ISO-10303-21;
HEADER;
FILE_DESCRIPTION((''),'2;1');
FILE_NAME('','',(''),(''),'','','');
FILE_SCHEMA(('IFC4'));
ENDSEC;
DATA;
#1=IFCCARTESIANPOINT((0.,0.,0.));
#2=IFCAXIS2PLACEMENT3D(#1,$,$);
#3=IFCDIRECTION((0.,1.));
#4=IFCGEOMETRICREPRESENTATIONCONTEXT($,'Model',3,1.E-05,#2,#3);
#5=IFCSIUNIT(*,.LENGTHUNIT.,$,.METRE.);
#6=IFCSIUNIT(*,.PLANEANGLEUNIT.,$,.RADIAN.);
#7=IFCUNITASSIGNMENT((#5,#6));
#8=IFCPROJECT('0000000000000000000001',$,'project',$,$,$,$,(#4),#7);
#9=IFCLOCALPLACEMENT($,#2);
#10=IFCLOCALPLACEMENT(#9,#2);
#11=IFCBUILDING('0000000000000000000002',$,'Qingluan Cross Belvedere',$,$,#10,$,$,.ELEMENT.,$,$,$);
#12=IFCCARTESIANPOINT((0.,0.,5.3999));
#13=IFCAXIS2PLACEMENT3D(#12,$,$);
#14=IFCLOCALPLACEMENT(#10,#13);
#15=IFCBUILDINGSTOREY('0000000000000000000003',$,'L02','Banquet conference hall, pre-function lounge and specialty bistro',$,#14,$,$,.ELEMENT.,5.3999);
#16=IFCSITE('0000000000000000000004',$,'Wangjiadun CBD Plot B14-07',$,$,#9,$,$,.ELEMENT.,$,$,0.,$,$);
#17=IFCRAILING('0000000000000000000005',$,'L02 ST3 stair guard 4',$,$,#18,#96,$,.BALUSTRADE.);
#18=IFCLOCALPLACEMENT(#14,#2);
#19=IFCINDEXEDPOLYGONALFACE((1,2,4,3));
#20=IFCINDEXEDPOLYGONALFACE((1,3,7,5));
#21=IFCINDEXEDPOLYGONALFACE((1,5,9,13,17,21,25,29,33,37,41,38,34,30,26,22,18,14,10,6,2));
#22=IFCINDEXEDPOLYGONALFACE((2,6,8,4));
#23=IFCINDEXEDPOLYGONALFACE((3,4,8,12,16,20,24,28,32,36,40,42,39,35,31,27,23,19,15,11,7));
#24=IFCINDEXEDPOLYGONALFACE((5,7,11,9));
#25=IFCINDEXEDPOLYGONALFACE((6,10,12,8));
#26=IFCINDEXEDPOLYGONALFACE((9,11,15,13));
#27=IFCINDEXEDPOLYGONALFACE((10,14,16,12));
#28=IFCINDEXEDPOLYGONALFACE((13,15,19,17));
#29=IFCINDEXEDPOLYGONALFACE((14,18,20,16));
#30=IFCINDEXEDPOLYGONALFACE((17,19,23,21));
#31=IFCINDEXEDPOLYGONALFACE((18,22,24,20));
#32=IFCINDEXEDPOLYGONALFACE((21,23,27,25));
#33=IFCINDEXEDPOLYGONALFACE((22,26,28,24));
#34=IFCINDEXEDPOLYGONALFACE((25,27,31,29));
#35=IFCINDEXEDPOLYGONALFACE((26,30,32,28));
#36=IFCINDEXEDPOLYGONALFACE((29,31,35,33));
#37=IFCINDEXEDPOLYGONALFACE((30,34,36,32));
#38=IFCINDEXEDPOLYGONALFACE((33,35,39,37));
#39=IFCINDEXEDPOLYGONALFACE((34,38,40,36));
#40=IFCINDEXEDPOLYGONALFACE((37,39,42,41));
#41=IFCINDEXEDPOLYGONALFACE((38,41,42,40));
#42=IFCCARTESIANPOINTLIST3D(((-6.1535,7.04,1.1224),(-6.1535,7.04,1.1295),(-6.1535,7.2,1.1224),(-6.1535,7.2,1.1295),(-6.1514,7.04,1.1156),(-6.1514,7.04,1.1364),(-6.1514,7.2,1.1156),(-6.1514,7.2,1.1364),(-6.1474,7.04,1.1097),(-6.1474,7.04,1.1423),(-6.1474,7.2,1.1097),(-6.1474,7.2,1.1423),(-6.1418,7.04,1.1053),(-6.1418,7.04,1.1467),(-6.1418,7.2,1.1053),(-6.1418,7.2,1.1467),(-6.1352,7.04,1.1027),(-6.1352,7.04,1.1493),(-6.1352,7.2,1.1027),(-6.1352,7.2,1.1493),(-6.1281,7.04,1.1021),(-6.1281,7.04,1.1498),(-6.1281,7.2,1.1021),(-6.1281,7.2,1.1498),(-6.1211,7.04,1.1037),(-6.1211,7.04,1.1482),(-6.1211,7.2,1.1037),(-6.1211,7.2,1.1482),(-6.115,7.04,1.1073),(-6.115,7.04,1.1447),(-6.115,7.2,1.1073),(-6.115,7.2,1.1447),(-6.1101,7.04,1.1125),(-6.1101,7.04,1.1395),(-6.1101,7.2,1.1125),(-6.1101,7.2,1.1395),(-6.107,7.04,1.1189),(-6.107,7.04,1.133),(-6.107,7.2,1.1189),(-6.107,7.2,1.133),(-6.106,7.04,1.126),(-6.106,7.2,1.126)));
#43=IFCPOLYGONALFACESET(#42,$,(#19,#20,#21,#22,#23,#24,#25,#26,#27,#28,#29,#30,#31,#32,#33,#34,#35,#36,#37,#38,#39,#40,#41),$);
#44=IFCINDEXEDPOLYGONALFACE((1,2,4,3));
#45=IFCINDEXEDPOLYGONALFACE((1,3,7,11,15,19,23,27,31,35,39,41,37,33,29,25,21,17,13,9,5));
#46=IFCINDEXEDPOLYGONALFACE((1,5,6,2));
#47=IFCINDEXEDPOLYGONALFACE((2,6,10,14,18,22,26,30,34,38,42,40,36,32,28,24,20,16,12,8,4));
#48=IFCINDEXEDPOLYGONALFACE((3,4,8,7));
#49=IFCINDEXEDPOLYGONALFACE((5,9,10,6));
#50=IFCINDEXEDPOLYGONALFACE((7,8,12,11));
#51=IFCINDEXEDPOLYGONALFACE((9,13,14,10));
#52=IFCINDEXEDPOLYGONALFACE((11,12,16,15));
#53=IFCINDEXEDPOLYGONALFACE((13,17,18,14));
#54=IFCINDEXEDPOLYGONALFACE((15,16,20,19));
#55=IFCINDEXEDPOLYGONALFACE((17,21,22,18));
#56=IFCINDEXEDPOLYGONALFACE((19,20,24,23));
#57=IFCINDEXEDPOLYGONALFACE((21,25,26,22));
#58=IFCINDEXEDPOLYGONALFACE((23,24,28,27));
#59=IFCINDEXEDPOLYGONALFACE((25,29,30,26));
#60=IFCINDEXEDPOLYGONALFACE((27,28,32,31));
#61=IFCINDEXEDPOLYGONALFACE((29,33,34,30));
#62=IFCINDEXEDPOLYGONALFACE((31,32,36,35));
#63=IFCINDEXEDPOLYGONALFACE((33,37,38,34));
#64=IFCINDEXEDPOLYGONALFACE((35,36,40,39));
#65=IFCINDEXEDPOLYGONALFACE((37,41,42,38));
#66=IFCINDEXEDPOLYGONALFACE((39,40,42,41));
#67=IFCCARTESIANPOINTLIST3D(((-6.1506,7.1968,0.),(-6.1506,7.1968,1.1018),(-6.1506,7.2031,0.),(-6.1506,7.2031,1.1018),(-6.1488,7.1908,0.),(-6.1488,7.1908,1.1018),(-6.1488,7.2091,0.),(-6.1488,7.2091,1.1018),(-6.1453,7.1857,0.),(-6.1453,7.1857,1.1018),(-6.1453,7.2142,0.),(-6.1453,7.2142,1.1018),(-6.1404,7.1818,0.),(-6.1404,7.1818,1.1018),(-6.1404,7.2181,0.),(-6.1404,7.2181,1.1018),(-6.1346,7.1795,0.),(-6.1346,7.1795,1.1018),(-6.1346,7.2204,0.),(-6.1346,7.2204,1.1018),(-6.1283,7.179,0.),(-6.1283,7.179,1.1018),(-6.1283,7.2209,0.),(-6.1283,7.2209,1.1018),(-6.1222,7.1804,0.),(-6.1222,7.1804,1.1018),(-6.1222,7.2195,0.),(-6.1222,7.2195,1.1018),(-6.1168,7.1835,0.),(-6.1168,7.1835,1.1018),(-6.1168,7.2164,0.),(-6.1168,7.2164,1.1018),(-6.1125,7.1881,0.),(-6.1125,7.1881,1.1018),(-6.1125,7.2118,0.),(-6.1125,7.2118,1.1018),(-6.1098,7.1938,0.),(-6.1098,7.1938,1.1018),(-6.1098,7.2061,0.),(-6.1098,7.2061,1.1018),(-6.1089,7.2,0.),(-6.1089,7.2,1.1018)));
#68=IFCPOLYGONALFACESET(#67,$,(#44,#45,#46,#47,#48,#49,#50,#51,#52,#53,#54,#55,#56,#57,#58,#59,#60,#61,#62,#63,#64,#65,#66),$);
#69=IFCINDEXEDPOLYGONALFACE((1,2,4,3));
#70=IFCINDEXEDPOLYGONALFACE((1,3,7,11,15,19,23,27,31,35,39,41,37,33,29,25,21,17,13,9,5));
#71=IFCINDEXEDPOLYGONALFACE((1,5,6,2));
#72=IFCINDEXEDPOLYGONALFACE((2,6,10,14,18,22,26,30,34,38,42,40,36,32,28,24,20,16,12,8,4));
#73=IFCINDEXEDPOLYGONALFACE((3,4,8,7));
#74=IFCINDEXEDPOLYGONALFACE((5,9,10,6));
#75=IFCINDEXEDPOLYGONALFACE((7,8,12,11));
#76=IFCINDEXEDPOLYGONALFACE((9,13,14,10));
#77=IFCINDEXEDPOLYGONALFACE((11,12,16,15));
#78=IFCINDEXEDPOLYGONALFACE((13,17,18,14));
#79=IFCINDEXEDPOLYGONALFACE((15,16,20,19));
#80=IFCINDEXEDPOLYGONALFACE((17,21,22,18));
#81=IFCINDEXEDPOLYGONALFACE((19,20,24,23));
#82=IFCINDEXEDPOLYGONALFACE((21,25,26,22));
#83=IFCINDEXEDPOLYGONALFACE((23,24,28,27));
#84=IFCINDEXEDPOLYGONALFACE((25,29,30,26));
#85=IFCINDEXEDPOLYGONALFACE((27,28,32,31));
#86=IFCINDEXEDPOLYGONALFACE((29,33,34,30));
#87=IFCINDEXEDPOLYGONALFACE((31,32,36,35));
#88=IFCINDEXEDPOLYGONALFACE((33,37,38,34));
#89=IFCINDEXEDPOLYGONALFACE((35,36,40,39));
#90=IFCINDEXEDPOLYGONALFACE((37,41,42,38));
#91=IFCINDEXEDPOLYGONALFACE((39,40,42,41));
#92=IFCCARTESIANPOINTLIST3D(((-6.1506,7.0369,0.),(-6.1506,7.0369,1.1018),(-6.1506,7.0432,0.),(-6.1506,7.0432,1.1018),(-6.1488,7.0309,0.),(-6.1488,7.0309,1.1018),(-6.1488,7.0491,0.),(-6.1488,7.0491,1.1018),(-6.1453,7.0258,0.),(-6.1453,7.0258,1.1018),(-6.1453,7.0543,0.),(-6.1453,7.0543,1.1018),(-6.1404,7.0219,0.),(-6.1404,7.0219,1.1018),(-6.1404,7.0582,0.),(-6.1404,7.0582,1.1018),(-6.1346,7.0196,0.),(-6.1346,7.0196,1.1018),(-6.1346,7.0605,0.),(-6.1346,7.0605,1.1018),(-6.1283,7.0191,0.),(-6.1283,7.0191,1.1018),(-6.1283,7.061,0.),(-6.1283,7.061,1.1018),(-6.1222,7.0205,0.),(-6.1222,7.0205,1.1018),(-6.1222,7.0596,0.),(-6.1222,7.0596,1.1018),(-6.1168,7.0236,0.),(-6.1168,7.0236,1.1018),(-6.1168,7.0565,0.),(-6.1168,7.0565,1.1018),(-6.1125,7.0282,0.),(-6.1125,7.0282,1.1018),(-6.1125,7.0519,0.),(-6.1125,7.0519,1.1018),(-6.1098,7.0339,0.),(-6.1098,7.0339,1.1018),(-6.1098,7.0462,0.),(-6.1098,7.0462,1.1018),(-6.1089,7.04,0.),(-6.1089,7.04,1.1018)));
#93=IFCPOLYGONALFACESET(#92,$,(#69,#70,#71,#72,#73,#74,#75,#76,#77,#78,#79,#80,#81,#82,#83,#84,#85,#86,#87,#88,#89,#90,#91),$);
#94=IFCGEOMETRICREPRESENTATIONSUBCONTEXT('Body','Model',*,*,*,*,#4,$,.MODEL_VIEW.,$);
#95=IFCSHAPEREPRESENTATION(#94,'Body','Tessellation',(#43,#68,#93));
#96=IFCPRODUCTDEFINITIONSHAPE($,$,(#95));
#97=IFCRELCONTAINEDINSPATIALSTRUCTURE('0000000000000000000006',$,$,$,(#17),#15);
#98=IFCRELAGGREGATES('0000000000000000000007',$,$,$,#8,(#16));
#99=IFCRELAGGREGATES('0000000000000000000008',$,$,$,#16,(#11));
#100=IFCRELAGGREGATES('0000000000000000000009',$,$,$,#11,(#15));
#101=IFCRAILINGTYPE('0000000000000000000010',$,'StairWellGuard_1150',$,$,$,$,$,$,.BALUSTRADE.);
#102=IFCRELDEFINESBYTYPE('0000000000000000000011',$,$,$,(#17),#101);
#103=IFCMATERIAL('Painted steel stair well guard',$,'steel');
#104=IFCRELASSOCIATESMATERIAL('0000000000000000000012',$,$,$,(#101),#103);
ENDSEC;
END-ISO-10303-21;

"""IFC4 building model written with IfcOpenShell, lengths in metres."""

from ifc_helpers import new_model, si_unit, direction, frame, origin, origin_2d, place, context, subcontext, project, spatial, circle, extrude, material, type_object, element, save


model = new_model("IFC4")

# Units and contexts
model_context = context("Model", 3, precision=1e-05, world=origin(), true_north=direction((0.0, 1.0)))
body_context = subcontext(model_context, "Body", "Model", "MODEL_VIEW")
ifc_project = project(units=[si_unit("LENGTHUNIT", "METRE"), si_unit("PLANEANGLEUNIT", "RADIAN")], contexts=[model_context])

# Site, building, storey
site_placement = place(None, origin())
site = spatial("IfcSite", under=ifc_project, at=site_placement, Name="Wangjiadun CBD Plot B14-07", CompositionType="ELEMENT", RefElevation=0.0)
building_placement = place(site_placement, origin())
building = spatial("IfcBuilding", under=site, at=building_placement, Name="Qingluan Cross Belvedere", CompositionType="ELEMENT")
storey_placement = place(building_placement, frame((0.0, 0.0, 5.3999)))
storey = spatial("IfcBuildingStorey", under=building, at=storey_placement, Name="L02", Description="Banquet conference hall, pre-function lounge and specialty bistro", CompositionType="ELEMENT", Elevation=5.3999)

# Railing
ifc_material_1 = material(Name="Painted steel stair well guard", Category="steel")
railing_type_1 = type_object("IfcRailingType", Name="StairWellGuard_1150", PredefinedType="BALUSTRADE", material=ifc_material_1)
railing_1_placement = place(storey_placement, frame((-6.1299, 7.2, 0.0)))
element("IfcRailing", 1, at=railing_1_placement, inside=storey, type_object=railing_type_1, Name="L02 ST3 stair guard 4", PredefinedType="BALUSTRADE", context=body_context, shape_type="SweptSolid", body=[
    extrude(circle(Radius=0.0239, at=origin_2d()), frame((0.0, 0.0, 1.126), z_axis=(0.0, -1.0, 0.0), x_axis=(1.0, 0.0, 0.0)), (0.0, 0.0, 1.0), 0.1599),
    extrude(circle(Radius=0.021, at=origin_2d()), origin(), (0.0, 0.0, 1.0), 1.1018),
    extrude(circle(Radius=0.021, at=origin_2d()), frame((0.0, -0.1599, 0.0)), (0.0, 0.0, 1.0), 1.1018),
])

save(model, "model.ifc")
